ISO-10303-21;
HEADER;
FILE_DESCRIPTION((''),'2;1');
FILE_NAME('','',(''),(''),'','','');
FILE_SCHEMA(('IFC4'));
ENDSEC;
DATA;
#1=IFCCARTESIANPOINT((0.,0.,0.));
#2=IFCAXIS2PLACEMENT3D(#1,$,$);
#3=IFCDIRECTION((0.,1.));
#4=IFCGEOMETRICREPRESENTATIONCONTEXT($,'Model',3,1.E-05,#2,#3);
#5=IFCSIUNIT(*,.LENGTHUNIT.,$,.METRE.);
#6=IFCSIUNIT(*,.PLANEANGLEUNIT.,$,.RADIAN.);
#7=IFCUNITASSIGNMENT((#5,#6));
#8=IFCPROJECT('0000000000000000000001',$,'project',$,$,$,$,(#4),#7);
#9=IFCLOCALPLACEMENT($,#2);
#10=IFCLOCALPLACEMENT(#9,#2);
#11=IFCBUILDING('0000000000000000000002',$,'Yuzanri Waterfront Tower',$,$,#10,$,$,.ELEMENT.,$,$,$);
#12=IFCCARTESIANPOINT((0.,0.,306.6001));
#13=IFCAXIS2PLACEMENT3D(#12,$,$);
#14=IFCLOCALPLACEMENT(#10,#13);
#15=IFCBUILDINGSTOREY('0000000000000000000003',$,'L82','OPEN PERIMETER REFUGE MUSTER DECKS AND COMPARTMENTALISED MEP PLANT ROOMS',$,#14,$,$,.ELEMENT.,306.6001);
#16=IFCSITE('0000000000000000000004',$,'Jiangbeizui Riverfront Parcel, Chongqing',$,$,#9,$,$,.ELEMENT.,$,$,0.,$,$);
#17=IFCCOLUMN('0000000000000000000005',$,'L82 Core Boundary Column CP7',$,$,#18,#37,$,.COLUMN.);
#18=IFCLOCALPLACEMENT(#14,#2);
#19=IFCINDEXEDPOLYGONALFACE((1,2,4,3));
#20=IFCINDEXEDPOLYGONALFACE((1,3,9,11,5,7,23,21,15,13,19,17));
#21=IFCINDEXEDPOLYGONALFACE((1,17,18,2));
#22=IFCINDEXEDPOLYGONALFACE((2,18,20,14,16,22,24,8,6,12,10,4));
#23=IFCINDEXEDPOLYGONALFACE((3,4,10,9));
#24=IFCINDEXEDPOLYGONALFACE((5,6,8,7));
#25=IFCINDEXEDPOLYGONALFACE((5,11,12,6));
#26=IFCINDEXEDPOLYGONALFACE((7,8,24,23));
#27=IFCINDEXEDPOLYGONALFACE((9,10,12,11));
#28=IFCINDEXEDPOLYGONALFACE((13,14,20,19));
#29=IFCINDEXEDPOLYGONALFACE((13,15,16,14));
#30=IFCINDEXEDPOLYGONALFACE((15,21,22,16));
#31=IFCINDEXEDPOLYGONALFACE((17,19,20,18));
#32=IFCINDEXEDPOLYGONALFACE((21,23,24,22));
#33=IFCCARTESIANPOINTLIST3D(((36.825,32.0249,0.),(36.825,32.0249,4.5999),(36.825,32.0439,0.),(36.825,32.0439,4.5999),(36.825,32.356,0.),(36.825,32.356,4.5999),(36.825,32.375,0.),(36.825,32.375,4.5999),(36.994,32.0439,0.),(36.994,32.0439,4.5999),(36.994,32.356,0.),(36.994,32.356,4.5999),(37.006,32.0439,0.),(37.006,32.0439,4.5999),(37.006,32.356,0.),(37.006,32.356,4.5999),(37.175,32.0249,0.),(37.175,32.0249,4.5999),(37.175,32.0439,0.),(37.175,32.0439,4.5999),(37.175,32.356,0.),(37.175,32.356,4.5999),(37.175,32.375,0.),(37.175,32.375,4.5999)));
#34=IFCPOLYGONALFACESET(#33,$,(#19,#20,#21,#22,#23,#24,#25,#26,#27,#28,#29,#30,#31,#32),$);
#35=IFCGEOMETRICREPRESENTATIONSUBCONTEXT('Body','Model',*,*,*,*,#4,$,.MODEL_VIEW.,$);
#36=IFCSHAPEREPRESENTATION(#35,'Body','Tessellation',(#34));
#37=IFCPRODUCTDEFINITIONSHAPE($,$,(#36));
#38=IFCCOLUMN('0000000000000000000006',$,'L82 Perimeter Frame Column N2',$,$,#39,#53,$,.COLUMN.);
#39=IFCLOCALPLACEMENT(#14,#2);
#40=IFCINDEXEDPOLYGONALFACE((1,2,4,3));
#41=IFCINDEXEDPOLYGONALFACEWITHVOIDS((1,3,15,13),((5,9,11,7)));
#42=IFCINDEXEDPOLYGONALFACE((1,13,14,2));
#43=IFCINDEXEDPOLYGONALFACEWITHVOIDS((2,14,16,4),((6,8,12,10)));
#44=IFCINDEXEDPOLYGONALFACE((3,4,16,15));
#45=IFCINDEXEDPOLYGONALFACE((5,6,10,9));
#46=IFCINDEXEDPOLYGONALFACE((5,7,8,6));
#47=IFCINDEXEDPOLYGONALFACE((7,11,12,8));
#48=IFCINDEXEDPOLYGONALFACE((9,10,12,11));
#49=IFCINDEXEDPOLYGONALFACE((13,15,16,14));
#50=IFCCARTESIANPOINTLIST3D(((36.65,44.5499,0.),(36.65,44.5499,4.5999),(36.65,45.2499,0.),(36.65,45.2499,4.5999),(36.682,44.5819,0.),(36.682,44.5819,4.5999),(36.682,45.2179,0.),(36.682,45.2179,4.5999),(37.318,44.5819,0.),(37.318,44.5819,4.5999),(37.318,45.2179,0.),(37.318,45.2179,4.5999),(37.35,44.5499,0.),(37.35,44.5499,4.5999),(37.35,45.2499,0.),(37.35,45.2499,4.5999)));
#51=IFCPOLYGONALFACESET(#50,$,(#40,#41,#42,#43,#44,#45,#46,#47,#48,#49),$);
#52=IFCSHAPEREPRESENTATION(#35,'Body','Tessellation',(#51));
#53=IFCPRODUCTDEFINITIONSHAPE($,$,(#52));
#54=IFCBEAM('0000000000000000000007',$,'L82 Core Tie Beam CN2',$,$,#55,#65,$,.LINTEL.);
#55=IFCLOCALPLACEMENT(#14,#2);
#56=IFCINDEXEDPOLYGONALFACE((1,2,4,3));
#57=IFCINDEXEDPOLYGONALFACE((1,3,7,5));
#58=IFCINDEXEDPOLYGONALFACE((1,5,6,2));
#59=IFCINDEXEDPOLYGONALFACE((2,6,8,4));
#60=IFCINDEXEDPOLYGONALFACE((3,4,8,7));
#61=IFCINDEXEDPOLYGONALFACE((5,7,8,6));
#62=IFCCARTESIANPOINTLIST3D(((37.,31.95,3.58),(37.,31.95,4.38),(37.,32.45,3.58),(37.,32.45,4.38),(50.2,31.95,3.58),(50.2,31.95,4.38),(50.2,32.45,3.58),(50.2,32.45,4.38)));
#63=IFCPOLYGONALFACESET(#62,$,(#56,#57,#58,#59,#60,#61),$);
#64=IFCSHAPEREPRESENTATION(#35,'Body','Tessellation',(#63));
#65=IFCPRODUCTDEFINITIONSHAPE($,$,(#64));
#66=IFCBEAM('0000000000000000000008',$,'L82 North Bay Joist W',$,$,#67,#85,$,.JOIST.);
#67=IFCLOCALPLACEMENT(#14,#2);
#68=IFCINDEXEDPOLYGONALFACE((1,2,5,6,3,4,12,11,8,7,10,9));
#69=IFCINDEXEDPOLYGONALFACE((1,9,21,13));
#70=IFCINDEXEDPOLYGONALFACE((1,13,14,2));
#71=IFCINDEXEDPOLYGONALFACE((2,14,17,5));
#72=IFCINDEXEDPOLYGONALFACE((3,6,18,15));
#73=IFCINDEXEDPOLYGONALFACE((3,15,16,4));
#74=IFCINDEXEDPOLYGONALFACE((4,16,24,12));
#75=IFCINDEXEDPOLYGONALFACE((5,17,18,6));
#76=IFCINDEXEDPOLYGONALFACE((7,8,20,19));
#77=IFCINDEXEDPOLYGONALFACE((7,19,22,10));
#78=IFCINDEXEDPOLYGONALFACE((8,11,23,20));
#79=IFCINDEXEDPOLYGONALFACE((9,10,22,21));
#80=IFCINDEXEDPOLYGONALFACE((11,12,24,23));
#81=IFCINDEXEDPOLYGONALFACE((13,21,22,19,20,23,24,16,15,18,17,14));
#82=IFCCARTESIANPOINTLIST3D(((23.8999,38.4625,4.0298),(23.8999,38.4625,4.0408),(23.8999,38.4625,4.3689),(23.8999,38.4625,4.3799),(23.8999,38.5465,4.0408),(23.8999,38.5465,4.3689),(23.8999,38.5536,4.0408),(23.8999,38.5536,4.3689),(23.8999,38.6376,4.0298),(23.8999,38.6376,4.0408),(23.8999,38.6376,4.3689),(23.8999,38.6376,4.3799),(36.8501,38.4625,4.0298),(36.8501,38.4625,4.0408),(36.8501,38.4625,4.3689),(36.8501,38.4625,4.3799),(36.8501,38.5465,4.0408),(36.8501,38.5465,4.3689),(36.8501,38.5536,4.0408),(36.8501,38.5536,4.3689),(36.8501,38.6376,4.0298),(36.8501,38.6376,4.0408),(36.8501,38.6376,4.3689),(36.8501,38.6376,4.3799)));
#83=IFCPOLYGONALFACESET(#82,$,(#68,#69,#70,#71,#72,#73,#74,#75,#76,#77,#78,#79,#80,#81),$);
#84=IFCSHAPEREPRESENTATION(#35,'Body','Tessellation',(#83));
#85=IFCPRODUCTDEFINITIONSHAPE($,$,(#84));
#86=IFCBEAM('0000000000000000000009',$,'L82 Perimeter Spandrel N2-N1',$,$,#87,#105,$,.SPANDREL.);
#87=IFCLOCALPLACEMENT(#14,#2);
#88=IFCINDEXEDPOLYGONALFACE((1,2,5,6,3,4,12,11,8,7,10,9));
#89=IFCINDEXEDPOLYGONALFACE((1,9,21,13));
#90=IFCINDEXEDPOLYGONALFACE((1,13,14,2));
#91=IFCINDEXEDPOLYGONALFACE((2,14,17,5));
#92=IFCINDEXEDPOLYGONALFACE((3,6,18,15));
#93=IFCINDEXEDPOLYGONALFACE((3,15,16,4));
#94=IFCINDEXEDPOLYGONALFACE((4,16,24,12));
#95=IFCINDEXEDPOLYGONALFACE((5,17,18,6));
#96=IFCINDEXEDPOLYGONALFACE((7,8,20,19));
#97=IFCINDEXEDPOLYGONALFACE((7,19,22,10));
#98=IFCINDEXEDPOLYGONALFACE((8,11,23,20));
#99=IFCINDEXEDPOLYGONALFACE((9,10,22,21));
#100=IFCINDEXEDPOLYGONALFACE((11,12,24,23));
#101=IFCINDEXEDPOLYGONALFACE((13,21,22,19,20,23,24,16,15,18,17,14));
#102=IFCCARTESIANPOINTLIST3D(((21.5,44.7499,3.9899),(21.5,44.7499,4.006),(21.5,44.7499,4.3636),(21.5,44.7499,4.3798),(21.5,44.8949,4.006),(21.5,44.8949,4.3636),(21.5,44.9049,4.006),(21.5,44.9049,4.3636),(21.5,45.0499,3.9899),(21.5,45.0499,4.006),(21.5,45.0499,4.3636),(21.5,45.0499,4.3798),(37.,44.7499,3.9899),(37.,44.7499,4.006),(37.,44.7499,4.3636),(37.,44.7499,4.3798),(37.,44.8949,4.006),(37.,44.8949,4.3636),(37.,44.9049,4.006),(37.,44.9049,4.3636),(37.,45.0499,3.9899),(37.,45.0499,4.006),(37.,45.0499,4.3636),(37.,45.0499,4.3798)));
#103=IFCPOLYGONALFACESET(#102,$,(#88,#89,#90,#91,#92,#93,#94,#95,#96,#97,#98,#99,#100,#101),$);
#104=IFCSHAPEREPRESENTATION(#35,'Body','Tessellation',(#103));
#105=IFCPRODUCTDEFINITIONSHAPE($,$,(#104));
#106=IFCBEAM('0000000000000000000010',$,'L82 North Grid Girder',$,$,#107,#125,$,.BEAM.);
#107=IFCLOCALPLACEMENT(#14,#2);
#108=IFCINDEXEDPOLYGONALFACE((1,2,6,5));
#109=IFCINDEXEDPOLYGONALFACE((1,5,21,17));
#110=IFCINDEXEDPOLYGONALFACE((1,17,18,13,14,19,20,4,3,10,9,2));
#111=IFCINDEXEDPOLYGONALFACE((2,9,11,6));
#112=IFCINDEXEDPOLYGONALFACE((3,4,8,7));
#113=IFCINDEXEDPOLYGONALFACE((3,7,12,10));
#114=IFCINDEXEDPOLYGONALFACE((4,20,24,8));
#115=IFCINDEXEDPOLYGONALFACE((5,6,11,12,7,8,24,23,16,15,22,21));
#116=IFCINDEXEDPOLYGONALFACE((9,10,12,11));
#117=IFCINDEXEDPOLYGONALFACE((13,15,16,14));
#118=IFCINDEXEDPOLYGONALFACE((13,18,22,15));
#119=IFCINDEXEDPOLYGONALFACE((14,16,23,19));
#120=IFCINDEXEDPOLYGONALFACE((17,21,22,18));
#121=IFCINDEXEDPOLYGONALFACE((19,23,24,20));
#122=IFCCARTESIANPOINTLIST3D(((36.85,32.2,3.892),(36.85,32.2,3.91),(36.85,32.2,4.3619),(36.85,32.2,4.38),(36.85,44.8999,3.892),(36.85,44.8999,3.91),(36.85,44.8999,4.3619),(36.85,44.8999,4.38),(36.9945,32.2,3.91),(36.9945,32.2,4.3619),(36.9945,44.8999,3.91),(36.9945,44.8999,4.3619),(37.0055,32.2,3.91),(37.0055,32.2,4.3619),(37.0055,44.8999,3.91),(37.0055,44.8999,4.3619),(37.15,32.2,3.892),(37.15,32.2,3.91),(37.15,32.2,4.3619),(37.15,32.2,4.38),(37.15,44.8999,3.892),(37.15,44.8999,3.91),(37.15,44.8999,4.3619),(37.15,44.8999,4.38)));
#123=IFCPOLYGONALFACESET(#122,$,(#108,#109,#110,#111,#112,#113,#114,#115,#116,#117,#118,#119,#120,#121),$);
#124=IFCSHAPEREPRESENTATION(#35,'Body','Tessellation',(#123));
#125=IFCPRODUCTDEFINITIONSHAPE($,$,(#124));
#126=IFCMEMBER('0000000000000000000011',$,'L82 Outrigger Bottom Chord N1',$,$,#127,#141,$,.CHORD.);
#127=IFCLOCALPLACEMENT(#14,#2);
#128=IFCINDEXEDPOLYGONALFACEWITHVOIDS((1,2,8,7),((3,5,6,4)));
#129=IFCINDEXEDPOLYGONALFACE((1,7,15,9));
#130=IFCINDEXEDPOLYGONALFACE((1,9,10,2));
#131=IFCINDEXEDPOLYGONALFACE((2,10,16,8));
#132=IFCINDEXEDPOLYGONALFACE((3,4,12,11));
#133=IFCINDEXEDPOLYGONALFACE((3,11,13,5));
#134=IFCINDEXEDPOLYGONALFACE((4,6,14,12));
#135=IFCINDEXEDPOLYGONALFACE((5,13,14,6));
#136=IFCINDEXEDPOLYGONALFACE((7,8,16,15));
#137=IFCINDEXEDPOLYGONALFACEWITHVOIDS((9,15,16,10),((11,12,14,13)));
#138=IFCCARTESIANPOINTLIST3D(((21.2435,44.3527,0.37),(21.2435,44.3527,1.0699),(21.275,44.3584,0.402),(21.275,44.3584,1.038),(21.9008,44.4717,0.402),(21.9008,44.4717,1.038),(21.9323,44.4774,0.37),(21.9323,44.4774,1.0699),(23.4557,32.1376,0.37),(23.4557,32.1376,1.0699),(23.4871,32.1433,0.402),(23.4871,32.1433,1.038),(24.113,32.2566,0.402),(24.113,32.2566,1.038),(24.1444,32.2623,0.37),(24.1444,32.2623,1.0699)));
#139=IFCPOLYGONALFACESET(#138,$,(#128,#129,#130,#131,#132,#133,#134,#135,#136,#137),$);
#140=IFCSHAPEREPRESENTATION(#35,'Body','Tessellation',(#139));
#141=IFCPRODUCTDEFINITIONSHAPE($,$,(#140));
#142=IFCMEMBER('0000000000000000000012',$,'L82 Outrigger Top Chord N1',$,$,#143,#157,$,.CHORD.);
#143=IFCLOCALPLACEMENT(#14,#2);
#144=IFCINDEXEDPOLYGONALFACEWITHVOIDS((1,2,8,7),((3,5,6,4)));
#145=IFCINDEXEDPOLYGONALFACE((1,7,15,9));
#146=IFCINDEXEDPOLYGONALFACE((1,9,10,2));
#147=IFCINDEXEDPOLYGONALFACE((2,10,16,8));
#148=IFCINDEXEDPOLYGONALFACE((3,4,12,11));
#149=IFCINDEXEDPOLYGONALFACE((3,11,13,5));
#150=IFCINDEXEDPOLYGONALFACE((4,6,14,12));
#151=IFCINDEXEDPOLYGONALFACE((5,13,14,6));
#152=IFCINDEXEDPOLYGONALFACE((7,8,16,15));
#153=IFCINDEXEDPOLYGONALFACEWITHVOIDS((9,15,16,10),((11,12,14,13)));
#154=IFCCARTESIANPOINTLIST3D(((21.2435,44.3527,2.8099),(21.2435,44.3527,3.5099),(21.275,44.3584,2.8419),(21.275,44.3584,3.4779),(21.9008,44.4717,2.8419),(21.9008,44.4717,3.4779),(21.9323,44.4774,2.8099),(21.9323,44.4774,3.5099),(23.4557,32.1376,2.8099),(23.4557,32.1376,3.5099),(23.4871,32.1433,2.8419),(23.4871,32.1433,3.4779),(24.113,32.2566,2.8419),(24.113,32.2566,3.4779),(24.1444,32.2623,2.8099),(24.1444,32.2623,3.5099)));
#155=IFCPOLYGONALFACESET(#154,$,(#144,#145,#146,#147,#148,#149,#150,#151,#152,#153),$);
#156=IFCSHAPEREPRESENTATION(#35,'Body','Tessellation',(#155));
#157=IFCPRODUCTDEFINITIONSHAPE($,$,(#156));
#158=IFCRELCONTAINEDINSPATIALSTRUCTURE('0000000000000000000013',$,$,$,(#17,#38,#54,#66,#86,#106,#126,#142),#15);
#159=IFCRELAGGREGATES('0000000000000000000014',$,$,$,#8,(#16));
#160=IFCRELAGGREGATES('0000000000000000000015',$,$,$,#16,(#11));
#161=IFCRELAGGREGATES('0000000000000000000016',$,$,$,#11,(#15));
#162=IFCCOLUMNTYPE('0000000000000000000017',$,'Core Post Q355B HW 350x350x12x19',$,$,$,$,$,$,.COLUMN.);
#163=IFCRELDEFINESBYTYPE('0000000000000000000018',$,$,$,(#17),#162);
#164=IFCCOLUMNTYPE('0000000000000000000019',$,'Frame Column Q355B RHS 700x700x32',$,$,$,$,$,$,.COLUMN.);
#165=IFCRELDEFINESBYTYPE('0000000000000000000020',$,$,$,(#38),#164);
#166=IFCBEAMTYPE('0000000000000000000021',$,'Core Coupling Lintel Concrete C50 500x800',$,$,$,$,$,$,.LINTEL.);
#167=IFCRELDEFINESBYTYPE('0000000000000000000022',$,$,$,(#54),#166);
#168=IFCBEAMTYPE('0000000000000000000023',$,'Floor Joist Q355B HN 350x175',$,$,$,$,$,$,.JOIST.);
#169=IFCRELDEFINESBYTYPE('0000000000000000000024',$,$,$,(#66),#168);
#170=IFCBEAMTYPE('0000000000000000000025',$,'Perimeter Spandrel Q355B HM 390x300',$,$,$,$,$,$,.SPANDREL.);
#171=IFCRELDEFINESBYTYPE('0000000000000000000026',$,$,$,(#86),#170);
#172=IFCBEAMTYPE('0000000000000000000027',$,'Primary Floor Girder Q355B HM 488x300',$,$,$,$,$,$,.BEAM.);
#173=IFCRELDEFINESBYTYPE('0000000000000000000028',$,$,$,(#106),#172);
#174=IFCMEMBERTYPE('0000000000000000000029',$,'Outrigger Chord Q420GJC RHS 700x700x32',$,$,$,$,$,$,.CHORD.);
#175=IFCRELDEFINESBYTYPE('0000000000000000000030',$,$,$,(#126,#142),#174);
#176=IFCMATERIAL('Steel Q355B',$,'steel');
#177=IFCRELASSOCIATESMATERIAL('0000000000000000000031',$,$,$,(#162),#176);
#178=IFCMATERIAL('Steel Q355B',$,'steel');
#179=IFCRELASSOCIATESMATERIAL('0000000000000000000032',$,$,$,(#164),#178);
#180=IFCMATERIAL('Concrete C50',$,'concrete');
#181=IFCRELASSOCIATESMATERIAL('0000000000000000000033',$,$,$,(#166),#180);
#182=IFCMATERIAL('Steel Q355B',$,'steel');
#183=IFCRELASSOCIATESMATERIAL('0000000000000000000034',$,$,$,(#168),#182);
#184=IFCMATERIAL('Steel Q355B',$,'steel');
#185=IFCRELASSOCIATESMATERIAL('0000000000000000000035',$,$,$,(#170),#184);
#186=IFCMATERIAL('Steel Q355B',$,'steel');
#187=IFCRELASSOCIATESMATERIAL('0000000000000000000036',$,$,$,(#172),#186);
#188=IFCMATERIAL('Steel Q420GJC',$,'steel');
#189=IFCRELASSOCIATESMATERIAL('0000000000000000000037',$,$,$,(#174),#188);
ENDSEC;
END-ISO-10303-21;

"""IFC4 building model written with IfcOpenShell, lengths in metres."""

from ifc_helpers import new_model, si_unit, direction, frame, origin, origin_2d, place, context, subcontext, project, spatial, rectangle, hollow_rectangle, i_section, extrude, source, transform, mapped, material, material_profile, profile_set, type_object, element, save


model = new_model("IFC4")

# Units and contexts
model_context = context("Model", 3, precision=1e-05, world=origin(), true_north=direction((0.0, 1.0)))
body_context = subcontext(model_context, "Body", "Model", "MODEL_VIEW")
ifc_project = project(units=[si_unit("LENGTHUNIT", "METRE"), si_unit("PLANEANGLEUNIT", "RADIAN")], contexts=[model_context])

# Site, building, storey
site_placement = place(None, origin())
site = spatial("IfcSite", under=ifc_project, at=site_placement, Name="Jiangbeizui Riverfront Parcel, Chongqing", CompositionType="ELEMENT", RefElevation=0.0)
building_placement = place(site_placement, origin())
building = spatial("IfcBuilding", under=site, at=building_placement, Name="Yuzanri Waterfront Tower", CompositionType="ELEMENT")
storey_placement = place(building_placement, frame((0.0, 0.0, 306.6001)))
storey = spatial("IfcBuildingStorey", under=building, at=storey_placement, Name="L82", Description="OPEN PERIMETER REFUGE MUSTER DECKS AND COMPARTMENTALISED MEP PLANT ROOMS", CompositionType="ELEMENT", Elevation=306.6001)

# Columns
ifc_material_1 = material(Name="Steel Q355B", Category="steel")
ifc_material_profile_1 = material_profile(ifc_material_1, i_section(OverallWidth=0.3501, OverallDepth=0.3501, WebThickness=0.012, FlangeThickness=0.019, at=origin_2d()), Name="HW 350x350x12x19")
ifc_profile_set_1 = profile_set([ifc_material_profile_1], Name="Steel Q355B")
column_type_1 = type_object("IfcColumnType", Name="Core Post Q355B HW 350x350x12x19", PredefinedType="COLUMN", material=ifc_profile_set_1)
shared_shape_1 = source(origin(), body_context, "Body", "SweptSolid", [
    extrude(i_section(OverallWidth=0.3501, OverallDepth=0.3501, WebThickness=0.012, FlangeThickness=0.019, at=origin_2d()), origin(), (0.0, 0.0, 1.0), 4.5999),
])
column_1_placement = place(storey_placement, frame((37.0, 32.2, 0.0), z_axis=(0.0, 0.0, 1.0), x_axis=(1.0, 0.0, 0.0)))
element("IfcColumn", 1, at=column_1_placement, inside=storey, type_object=column_type_1, Name="L82 Core Boundary Column CP7", PredefinedType="COLUMN", context=body_context, shape_type="MappedRepresentation", body=[
    mapped(shared_shape_1, transform((0.0, 0.0, 0.0), scale=1.0)),
])
ifc_material_2 = material(Name="Steel Q355B", Category="steel")
ifc_material_profile_2 = material_profile(ifc_material_2, hollow_rectangle(XDim=0.7, YDim=0.7, WallThickness=0.032, at=origin_2d()), Name="RHS 700x700x32")
ifc_profile_set_2 = profile_set([ifc_material_profile_2], Name="Steel Q355B")
column_type_2 = type_object("IfcColumnType", Name="Frame Column Q355B RHS 700x700x32", PredefinedType="COLUMN", material=ifc_profile_set_2)
shared_shape_2 = source(origin(), body_context, "Body", "SweptSolid", [
    extrude(hollow_rectangle(XDim=0.7, YDim=0.7, WallThickness=0.032, at=origin_2d()), origin(), (0.0, 0.0, 1.0), 4.5999),
])
column_2_placement = place(storey_placement, frame((37.0, 44.8999, 0.0), z_axis=(0.0, 0.0, 1.0), x_axis=(1.0, 0.0, 0.0)))
element("IfcColumn", 2, at=column_2_placement, inside=storey, type_object=column_type_2, Name="L82 Perimeter Frame Column N2", PredefinedType="COLUMN", context=body_context, shape_type="MappedRepresentation", body=[
    mapped(shared_shape_2, transform((0.0, 0.0, 0.0), scale=1.0)),
])

# Beams
ifc_material_3 = material(Name="Concrete C50", Category="concrete")
ifc_material_profile_3 = material_profile(ifc_material_3, rectangle(XDim=0.5, YDim=0.8, at=origin_2d()), Name="RC 500x800")
ifc_profile_set_3 = profile_set([ifc_material_profile_3], Name="Concrete C50")
beam_type_1 = type_object("IfcBeamType", Name="Core Coupling Lintel Concrete C50 500x800", PredefinedType="LINTEL", material=ifc_profile_set_3)
shared_shape_3 = source(origin(), body_context, "Body", "SweptSolid", [
    extrude(rectangle(XDim=0.5, YDim=0.8, at=origin_2d()), origin(), (0.0, 0.0, 1.0), 13.2),
])
beam_1_placement = place(storey_placement, frame((37.0, 32.2, 3.98), z_axis=(1.0, 0.0, 0.0), x_axis=(0.0, 1.0, 0.0)))
element("IfcBeam", 3, at=beam_1_placement, inside=storey, type_object=beam_type_1, Name="L82 Core Tie Beam CN2", PredefinedType="LINTEL", context=body_context, shape_type="MappedRepresentation", body=[
    mapped(shared_shape_3, transform((0.0, 0.0, 0.0), scale=1.0)),
])
ifc_material_4 = material(Name="Steel Q355B", Category="steel")
ifc_material_profile_4 = material_profile(ifc_material_4, i_section(OverallWidth=0.175, OverallDepth=0.3501, WebThickness=0.0071, FlangeThickness=0.011, at=origin_2d()), Name="HN 350x175x7x11")
ifc_profile_set_4 = profile_set([ifc_material_profile_4], Name="Steel Q355B")
beam_type_2 = type_object("IfcBeamType", Name="Floor Joist Q355B HN 350x175", PredefinedType="JOIST", material=ifc_profile_set_4)
shared_shape_4 = source(origin(), body_context, "Body", "SweptSolid", [
    extrude(i_section(OverallWidth=0.175, OverallDepth=0.3501, WebThickness=0.0071, FlangeThickness=0.011, at=origin_2d()), origin(), (0.0, 0.0, 1.0), 12.9502),
])
beam_2_placement = place(storey_placement, frame((23.8999, 38.55, 4.2048), z_axis=(1.0, 0.0, 0.0), x_axis=(0.0, 1.0, 0.0)))
element("IfcBeam", 4, at=beam_2_placement, inside=storey, type_object=beam_type_2, Name="L82 North Bay Joist W", PredefinedType="JOIST", context=body_context, shape_type="MappedRepresentation", body=[
    mapped(shared_shape_4, transform((0.0, 0.0, 0.0), scale=1.0)),
])
ifc_material_5 = material(Name="Steel Q355B", Category="steel")
ifc_material_profile_5 = material_profile(ifc_material_5, i_section(OverallWidth=0.3, OverallDepth=0.3899, WebThickness=0.01, FlangeThickness=0.0161, at=origin_2d()), Name="HM 390x300x10x16")
ifc_profile_set_5 = profile_set([ifc_material_profile_5], Name="Steel Q355B")
beam_type_3 = type_object("IfcBeamType", Name="Perimeter Spandrel Q355B HM 390x300", PredefinedType="SPANDREL", material=ifc_profile_set_5)
shared_shape_5 = source(origin(), body_context, "Body", "SweptSolid", [
    extrude(i_section(OverallWidth=0.3, OverallDepth=0.3899, WebThickness=0.01, FlangeThickness=0.0161, at=origin_2d()), origin(), (0.0, 0.0, 1.0), 15.5),
])
beam_3_placement = place(storey_placement, frame((37.0, 44.8999, 4.1848), z_axis=(-1.0, 0.0, 0.0), x_axis=(0.0, -1.0, 0.0)))
element("IfcBeam", 5, at=beam_3_placement, inside=storey, type_object=beam_type_3, Name="L82 Perimeter Spandrel N2-N1", PredefinedType="SPANDREL", context=body_context, shape_type="MappedRepresentation", body=[
    mapped(shared_shape_5, transform((0.0, 0.0, 0.0), scale=1.0)),
])
ifc_material_6 = material(Name="Steel Q355B", Category="steel")
ifc_material_profile_6 = material_profile(ifc_material_6, i_section(OverallWidth=0.3, OverallDepth=0.488, WebThickness=0.011, FlangeThickness=0.0181, at=origin_2d()), Name="HM 488x300x11x18")
ifc_profile_set_6 = profile_set([ifc_material_profile_6], Name="Steel Q355B")
beam_type_4 = type_object("IfcBeamType", Name="Primary Floor Girder Q355B HM 488x300", PredefinedType="BEAM", material=ifc_profile_set_6)
shared_shape_6 = source(origin(), body_context, "Body", "SweptSolid", [
    extrude(i_section(OverallWidth=0.3, OverallDepth=0.488, WebThickness=0.011, FlangeThickness=0.0181, at=origin_2d()), origin(), (0.0, 0.0, 1.0), 12.7),
])
beam_4_placement = place(storey_placement, frame((37.0, 32.2, 4.136), z_axis=(0.0, 1.0, 0.0), x_axis=(-1.0, 0.0, 0.0)))
element("IfcBeam", 6, at=beam_4_placement, inside=storey, type_object=beam_type_4, Name="L82 North Grid Girder", PredefinedType="BEAM", context=body_context, shape_type="MappedRepresentation", body=[
    mapped(shared_shape_6, transform((0.0, 0.0, 0.0), scale=1.0)),
])

# Members
ifc_material_7 = material(Name="Steel Q420GJC", Category="steel")
ifc_material_profile_7 = material_profile(ifc_material_7, hollow_rectangle(XDim=0.7, YDim=0.7, WallThickness=0.032, at=origin_2d()), Name="RHS 700x700x32")
ifc_profile_set_7 = profile_set([ifc_material_profile_7], Name="Steel Q420GJC")
member_type_1 = type_object("IfcMemberType", Name="Outrigger Chord Q420GJC RHS 700x700x32", PredefinedType="CHORD", material=ifc_profile_set_7)
shared_shape_7 = source(origin(), body_context, "Body", "SweptSolid", [
    extrude(hollow_rectangle(XDim=0.7, YDim=0.7, WallThickness=0.032, at=origin_2d()), origin(), (0.0, 0.0, 1.0), 12.4138),
])
for number, where, z_axis, x_axis, name in (
    (7, (23.8, 32.2, 0.72), (-0.178202, 0.983994, 0.0), (-0.983994, -0.178202, 0.0), "L82 Outrigger Bottom Chord N1"),
    (8, (23.8, 32.2, 3.1599), (-0.178202, 0.983994, 0.0), (-0.983994, -0.178202, 0.0), "L82 Outrigger Top Chord N1"),
):
    element("IfcMember", number, at=place(storey_placement, frame(where, z_axis=z_axis, x_axis=x_axis)), inside=storey, type_object=member_type_1, Name=name, PredefinedType="CHORD", context=body_context, shape_type="MappedRepresentation", body=[
        mapped(shared_shape_7, transform((0.0, 0.0, 0.0), scale=1.0)),
    ])

save(model, "model.ifc")
